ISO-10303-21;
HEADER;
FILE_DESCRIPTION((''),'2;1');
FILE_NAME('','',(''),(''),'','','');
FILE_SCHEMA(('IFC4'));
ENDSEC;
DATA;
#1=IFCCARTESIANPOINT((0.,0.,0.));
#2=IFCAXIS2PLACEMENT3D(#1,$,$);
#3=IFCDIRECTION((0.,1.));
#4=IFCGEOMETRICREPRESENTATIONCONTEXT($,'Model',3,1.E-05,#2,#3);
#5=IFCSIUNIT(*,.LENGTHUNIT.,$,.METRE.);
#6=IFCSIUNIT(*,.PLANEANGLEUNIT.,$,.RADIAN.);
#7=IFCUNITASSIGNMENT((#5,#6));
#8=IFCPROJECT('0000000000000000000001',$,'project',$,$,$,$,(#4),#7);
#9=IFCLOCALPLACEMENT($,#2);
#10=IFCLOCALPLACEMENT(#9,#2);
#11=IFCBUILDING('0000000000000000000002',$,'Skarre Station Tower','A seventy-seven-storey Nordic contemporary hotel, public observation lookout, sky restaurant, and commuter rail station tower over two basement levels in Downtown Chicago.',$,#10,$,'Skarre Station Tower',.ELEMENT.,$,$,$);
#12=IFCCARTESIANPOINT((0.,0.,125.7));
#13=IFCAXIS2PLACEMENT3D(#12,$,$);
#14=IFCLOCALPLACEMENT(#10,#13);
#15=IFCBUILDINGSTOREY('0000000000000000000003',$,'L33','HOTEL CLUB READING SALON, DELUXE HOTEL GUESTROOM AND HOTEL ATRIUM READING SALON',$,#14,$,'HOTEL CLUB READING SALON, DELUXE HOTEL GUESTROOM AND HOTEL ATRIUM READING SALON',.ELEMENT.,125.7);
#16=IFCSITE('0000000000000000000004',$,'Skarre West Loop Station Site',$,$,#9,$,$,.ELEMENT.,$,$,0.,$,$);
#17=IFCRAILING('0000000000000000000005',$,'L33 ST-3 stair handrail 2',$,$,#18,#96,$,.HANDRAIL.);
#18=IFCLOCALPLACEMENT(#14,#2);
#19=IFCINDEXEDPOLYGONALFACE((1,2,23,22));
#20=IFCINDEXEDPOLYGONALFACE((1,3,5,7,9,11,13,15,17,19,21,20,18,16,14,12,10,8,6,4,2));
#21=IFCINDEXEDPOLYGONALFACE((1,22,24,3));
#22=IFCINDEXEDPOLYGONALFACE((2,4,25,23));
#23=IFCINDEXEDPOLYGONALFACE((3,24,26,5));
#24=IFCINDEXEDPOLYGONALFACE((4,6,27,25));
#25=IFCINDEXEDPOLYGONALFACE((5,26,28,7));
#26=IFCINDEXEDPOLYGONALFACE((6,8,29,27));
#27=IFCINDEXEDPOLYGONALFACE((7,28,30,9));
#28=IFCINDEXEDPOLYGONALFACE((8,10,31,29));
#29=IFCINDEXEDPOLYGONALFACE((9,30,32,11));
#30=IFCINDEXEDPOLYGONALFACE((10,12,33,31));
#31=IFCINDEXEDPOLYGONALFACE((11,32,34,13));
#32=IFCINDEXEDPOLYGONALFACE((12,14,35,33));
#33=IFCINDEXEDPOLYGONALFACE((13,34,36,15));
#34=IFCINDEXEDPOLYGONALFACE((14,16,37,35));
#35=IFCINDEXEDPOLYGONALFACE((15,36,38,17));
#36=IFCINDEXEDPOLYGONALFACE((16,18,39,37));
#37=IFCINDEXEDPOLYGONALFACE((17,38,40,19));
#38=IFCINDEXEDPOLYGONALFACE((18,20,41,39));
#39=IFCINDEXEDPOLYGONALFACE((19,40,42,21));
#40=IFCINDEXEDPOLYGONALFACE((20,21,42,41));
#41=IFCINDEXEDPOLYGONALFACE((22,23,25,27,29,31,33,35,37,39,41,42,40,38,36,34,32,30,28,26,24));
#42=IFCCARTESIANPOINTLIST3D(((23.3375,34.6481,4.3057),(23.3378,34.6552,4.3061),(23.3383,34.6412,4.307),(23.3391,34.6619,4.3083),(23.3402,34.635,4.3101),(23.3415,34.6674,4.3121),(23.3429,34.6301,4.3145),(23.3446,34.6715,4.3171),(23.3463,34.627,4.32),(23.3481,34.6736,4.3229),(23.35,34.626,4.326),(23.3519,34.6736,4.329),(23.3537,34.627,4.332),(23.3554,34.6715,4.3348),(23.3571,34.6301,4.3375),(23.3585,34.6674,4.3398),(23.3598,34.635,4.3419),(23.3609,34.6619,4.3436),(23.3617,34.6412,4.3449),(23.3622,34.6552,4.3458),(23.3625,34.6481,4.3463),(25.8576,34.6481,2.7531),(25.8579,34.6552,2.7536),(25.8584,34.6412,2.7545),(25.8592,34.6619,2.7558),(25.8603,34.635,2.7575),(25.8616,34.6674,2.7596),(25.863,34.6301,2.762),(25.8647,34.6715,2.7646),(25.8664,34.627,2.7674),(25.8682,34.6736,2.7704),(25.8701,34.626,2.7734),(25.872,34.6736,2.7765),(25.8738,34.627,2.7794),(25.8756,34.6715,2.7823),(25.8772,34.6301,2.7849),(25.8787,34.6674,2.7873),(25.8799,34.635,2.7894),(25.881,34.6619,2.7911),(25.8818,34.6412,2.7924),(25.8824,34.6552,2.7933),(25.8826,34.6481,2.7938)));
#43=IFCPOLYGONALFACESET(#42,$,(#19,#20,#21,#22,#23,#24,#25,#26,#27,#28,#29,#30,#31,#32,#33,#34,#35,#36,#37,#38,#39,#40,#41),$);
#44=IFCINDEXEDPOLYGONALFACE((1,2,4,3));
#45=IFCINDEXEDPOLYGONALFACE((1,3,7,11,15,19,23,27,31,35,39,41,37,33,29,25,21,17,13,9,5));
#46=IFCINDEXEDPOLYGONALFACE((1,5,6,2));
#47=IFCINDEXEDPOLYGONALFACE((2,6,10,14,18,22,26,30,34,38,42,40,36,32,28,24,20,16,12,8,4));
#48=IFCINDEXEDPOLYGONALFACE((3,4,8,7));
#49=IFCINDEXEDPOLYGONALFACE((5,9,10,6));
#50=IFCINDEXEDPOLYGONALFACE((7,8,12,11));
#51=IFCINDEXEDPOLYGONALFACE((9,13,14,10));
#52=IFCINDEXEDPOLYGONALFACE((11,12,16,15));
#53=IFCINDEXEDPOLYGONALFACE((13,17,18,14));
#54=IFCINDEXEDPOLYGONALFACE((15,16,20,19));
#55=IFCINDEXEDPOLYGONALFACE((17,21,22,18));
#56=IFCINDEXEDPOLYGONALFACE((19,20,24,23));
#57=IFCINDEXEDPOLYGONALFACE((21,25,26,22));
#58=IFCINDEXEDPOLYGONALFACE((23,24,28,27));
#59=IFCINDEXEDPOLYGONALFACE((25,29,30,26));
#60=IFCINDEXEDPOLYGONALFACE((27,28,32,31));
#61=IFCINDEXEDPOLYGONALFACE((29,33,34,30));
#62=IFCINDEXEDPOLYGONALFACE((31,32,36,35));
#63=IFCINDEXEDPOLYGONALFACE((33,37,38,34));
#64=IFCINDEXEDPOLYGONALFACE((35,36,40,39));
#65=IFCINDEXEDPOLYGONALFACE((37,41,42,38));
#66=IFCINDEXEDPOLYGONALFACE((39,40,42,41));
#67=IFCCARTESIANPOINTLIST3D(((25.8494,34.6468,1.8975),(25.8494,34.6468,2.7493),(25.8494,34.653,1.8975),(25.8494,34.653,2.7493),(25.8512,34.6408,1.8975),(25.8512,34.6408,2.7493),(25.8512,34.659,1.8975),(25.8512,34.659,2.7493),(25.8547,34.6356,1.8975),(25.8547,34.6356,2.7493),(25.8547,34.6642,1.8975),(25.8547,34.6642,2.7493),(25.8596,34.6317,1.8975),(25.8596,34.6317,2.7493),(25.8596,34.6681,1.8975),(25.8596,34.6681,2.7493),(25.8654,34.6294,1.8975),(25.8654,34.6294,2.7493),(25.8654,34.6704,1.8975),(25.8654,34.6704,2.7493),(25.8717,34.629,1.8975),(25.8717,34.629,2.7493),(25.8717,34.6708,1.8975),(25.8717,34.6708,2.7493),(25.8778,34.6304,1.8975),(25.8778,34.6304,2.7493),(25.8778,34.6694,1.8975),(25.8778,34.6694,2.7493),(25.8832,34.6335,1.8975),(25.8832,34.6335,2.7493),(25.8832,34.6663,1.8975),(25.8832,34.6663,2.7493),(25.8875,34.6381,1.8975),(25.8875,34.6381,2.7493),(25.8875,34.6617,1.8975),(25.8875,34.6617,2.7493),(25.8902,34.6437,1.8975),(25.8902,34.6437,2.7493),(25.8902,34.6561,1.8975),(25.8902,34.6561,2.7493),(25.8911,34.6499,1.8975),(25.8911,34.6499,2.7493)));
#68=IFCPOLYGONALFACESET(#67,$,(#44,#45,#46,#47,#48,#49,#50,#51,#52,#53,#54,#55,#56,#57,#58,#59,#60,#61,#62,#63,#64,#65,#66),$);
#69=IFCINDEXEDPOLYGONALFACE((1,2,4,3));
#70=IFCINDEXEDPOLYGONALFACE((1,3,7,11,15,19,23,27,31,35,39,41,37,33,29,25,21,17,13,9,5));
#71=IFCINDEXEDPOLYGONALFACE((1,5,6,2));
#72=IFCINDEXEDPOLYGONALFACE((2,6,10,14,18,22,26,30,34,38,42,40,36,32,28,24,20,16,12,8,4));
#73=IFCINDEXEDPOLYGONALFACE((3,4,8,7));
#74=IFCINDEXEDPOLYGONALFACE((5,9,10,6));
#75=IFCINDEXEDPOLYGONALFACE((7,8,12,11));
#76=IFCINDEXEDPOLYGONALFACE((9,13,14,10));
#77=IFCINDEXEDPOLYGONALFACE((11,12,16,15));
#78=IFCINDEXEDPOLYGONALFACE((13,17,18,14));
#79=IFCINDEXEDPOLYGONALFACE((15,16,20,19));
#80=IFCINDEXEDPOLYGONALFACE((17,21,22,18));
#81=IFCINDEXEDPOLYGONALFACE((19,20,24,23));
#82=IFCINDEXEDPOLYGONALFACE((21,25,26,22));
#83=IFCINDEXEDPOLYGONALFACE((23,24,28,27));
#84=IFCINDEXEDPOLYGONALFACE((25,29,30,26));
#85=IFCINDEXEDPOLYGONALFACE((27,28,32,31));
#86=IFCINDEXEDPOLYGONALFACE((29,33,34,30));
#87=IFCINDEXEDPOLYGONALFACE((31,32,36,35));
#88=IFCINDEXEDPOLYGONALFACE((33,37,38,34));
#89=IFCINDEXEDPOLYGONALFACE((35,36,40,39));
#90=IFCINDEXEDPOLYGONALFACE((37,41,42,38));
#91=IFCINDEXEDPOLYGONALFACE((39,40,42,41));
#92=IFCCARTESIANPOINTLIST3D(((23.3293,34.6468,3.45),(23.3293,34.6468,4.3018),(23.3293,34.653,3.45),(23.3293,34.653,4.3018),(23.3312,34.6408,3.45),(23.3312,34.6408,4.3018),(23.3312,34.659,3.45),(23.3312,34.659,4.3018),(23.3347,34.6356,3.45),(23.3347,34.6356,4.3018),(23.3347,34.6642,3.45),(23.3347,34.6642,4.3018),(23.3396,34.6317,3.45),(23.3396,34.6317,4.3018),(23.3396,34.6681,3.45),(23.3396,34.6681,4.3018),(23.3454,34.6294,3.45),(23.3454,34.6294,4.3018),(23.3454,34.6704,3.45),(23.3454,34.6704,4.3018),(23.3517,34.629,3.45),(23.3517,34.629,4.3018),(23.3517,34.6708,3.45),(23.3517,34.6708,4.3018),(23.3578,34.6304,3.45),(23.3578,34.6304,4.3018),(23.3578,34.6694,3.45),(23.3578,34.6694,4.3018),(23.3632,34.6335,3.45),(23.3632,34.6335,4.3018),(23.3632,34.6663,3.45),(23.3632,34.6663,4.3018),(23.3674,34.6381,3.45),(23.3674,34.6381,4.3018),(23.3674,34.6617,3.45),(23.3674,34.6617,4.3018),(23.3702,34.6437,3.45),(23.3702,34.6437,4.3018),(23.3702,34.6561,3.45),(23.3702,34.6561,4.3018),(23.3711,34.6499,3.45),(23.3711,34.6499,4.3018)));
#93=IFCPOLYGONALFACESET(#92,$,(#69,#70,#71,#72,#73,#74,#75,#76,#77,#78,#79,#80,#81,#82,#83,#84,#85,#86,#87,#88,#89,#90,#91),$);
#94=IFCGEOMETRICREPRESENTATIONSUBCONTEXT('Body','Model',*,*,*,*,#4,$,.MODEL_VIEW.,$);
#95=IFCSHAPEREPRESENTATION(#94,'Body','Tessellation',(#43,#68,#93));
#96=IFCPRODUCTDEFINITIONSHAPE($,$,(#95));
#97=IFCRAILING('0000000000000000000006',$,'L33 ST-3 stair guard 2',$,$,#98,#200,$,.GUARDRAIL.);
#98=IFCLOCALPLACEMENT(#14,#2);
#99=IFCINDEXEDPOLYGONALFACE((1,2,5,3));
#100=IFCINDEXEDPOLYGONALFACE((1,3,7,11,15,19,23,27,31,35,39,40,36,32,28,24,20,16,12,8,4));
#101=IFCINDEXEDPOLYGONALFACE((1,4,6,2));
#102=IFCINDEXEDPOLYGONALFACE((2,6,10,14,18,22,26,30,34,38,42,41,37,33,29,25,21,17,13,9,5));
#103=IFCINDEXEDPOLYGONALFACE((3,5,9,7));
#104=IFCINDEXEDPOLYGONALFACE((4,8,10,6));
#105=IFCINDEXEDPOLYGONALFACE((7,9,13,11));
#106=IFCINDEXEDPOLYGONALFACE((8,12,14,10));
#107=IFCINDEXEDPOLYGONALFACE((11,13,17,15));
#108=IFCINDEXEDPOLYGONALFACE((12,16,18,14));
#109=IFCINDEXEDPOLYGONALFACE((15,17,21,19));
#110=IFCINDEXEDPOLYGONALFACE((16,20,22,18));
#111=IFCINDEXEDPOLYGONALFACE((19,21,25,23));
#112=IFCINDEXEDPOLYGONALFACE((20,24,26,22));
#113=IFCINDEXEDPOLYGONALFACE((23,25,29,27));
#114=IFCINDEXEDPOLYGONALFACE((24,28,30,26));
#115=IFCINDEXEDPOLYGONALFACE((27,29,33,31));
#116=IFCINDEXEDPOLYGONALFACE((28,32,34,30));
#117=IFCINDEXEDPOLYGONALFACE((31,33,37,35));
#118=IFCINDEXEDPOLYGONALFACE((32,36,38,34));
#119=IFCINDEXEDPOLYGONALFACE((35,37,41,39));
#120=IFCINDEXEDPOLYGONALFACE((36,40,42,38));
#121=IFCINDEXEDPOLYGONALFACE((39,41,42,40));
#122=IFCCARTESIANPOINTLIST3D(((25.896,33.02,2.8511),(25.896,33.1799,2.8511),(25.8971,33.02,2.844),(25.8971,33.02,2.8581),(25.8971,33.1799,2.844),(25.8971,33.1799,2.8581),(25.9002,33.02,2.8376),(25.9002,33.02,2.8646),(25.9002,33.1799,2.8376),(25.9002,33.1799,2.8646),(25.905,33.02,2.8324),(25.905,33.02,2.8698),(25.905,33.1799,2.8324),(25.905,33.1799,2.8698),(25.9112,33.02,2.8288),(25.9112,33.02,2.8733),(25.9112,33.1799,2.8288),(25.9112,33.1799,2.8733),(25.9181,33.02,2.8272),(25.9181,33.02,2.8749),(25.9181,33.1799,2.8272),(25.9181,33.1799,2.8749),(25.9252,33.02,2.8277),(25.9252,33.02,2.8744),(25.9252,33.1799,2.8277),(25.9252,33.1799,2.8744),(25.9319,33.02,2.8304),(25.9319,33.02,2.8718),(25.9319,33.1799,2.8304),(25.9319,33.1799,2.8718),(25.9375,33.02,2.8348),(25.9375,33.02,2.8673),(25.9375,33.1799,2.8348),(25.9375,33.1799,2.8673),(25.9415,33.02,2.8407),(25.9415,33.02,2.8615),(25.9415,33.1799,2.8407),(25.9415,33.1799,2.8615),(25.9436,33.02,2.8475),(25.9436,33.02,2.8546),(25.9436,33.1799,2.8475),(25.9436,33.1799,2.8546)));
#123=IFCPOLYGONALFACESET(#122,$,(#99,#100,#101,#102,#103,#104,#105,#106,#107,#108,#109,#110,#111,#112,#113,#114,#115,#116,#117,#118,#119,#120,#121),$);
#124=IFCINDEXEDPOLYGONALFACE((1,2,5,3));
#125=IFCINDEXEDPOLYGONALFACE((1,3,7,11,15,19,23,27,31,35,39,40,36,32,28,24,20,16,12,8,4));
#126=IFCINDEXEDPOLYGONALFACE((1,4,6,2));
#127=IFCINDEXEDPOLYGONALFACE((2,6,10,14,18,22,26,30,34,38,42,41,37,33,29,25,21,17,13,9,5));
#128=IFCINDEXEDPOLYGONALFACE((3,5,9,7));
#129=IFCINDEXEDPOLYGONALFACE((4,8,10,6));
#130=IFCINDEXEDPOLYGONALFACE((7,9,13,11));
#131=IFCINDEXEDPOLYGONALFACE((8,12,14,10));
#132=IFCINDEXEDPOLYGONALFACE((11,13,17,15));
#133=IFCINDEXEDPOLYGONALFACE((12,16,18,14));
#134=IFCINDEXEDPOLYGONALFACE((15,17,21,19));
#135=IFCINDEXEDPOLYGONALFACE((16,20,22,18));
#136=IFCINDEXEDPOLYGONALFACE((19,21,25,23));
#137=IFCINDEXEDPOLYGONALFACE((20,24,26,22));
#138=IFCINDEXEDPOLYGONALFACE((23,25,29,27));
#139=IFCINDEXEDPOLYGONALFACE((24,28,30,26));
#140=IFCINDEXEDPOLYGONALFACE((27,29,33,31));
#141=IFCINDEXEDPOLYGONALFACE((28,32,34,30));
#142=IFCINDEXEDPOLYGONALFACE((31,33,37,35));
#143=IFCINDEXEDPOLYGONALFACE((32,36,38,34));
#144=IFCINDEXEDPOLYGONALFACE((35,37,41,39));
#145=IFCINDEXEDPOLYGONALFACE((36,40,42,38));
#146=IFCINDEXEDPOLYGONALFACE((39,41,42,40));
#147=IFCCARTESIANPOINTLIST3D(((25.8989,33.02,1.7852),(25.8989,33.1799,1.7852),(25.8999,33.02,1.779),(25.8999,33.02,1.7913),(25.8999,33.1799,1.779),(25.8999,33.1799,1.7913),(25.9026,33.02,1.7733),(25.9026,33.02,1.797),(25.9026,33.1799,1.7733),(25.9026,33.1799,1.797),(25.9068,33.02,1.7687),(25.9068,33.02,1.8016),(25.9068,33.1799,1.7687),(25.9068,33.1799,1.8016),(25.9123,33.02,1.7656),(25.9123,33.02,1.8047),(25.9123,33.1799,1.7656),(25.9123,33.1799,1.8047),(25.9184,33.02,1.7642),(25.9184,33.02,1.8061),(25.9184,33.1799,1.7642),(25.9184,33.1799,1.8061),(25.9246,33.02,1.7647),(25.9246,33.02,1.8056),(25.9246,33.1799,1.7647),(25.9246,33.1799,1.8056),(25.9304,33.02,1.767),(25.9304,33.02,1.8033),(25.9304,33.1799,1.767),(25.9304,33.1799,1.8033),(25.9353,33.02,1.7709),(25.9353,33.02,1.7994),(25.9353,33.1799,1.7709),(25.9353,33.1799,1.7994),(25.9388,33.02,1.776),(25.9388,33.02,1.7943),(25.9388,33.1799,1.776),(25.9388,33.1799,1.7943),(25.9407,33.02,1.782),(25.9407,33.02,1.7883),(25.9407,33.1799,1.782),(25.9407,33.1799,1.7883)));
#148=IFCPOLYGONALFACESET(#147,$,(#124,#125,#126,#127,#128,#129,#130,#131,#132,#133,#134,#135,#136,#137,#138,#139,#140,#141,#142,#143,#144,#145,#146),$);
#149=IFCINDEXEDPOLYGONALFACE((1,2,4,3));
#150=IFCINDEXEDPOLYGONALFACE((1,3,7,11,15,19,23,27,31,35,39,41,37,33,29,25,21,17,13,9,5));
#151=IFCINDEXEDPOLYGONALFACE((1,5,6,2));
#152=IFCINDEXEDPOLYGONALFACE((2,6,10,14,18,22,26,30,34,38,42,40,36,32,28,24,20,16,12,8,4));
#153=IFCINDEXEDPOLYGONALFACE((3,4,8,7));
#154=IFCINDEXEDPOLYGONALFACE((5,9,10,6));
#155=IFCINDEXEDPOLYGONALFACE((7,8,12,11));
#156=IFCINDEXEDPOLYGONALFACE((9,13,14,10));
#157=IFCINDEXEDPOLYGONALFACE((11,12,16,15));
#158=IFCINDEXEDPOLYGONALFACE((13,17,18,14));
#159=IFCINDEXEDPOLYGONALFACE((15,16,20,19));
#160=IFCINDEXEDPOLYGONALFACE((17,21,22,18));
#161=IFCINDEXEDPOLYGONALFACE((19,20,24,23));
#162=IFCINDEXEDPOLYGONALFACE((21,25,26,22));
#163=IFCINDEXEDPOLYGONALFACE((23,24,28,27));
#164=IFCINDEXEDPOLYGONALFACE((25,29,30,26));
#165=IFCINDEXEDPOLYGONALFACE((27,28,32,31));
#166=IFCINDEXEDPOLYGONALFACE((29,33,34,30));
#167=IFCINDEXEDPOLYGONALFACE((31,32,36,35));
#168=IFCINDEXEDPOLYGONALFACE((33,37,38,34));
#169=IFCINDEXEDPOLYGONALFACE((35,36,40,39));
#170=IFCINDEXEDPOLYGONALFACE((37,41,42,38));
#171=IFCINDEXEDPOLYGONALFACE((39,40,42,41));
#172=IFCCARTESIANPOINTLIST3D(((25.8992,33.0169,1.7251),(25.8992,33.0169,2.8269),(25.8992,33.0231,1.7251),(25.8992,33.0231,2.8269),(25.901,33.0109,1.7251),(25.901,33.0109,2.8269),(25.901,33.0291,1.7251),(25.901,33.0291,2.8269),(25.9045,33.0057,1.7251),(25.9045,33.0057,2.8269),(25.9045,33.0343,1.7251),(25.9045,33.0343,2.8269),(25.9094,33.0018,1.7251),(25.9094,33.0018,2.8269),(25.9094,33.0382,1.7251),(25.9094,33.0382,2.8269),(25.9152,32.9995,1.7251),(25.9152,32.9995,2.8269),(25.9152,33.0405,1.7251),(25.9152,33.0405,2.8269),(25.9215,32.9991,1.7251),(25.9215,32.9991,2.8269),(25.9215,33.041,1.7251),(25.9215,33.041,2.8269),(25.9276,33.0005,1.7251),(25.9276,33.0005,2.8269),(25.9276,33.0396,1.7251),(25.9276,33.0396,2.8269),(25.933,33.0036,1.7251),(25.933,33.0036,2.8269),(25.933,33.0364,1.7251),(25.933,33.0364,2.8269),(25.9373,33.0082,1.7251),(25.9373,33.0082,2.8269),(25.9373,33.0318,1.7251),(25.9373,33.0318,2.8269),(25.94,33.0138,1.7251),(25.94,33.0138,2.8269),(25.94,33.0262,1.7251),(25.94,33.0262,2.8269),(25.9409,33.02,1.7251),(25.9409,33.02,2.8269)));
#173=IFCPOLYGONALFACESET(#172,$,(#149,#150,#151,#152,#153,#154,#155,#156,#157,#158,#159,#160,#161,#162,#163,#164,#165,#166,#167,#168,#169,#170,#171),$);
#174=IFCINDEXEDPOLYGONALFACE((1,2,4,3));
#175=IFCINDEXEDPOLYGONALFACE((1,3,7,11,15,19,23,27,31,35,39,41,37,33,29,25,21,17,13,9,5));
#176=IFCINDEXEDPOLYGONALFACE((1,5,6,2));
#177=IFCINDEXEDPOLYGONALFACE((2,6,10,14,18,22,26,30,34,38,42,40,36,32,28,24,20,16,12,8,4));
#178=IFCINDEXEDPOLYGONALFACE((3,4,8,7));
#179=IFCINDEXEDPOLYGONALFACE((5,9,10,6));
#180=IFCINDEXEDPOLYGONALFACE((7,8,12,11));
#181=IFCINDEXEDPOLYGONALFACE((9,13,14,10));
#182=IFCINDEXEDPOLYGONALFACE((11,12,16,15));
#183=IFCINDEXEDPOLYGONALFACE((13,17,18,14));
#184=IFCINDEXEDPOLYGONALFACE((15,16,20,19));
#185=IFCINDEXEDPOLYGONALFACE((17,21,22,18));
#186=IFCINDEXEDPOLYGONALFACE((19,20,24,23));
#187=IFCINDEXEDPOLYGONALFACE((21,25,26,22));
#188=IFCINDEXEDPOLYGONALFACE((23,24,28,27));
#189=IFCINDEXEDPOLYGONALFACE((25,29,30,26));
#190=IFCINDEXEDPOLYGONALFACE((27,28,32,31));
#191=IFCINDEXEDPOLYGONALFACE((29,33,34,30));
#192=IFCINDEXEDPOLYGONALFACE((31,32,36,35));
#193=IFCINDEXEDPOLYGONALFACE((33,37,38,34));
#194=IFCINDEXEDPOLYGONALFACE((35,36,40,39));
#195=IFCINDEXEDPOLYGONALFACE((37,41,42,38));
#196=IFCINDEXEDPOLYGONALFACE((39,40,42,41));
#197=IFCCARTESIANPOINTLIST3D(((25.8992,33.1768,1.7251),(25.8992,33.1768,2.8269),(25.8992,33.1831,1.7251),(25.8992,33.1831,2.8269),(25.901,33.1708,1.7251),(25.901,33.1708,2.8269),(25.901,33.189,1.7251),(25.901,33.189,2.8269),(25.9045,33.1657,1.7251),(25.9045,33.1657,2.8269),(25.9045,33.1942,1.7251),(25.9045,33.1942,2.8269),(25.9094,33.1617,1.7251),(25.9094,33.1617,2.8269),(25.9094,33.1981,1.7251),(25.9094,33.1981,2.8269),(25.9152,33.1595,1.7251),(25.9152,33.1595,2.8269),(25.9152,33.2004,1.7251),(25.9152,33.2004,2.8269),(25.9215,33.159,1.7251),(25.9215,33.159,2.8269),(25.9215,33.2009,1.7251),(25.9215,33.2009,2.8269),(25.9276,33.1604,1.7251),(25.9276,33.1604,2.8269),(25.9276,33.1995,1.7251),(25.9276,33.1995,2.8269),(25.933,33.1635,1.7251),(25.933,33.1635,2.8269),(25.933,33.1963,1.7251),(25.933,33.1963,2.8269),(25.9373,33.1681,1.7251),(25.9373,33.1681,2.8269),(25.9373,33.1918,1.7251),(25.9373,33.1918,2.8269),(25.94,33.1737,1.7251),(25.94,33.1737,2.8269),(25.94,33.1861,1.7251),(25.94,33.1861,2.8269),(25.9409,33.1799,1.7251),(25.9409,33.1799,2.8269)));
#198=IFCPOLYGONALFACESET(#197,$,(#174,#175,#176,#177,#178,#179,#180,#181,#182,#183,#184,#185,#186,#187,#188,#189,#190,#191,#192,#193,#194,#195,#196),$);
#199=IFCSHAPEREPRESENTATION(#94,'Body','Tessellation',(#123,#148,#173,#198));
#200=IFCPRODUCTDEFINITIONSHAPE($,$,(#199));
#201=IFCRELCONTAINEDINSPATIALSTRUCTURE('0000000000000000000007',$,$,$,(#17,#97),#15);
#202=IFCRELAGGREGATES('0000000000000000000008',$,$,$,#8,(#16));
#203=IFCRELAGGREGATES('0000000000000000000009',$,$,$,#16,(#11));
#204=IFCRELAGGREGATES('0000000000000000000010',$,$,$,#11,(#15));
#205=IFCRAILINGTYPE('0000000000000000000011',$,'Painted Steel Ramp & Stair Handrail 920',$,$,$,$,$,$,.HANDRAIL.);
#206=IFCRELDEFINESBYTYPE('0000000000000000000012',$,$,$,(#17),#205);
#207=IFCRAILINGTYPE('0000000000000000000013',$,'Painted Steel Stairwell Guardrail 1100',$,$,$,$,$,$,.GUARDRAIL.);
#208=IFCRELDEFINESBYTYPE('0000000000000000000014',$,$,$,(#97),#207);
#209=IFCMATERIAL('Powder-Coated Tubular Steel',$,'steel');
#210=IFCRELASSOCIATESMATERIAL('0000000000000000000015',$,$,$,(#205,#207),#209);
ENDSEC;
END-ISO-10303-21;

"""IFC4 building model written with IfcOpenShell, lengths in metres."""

from ifc_helpers import new_model, si_unit, direction, frame, origin, origin_2d, place, context, subcontext, project, spatial, circle, extrude, material, type_object, element, save


model = new_model("IFC4")

# Units and contexts
model_context = context("Model", 3, precision=1e-05, world=origin(), true_north=direction((0.0, 1.0)))
body_context = subcontext(model_context, "Body", "Model", "MODEL_VIEW")
ifc_project = project(units=[si_unit("LENGTHUNIT", "METRE"), si_unit("PLANEANGLEUNIT", "RADIAN")], contexts=[model_context])

# Site, building, storey
site_placement = place(None, origin())
site = spatial("IfcSite", under=ifc_project, at=site_placement, Name="Skarre West Loop Station Site", CompositionType="ELEMENT", RefElevation=0.0)
building_placement = place(site_placement, origin())
building = spatial("IfcBuilding", under=site, at=building_placement, Name="Skarre Station Tower", Description="A seventy-seven-storey Nordic contemporary hotel, public observation lookout, sky restaurant, and commuter rail station tower over two basement levels in Downtown Chicago.", LongName="Skarre Station Tower", CompositionType="ELEMENT")
storey_placement = place(building_placement, frame((0.0, 0.0, 125.7)))
storey = spatial("IfcBuildingStorey", under=building, at=storey_placement, Name="L33", Description="HOTEL CLUB READING SALON, DELUXE HOTEL GUESTROOM AND HOTEL ATRIUM READING SALON", LongName="HOTEL CLUB READING SALON, DELUXE HOTEL GUESTROOM AND HOTEL ATRIUM READING SALON", CompositionType="ELEMENT", Elevation=125.7)

# Railings
ifc_material_1 = material(Name="Powder-Coated Tubular Steel", Category="steel")
railing_type_1 = type_object("IfcRailingType", Name="Painted Steel Ramp & Stair Handrail 920", PredefinedType="HANDRAIL", material=ifc_material_1)
railing_1_placement = place(storey_placement, frame((25.8701, 34.6499, 1.8975)))
element("IfcRailing", 1, at=railing_1_placement, inside=storey, type_object=railing_type_1, Name="L33 ST-3 stair handrail 2", PredefinedType="HANDRAIL", context=body_context, shape_type="SweptSolid", body=[
    extrude(circle(Radius=0.0239, at=origin_2d()), frame((0.0, 0.0, 0.876), z_axis=(-0.8514, 0.0, 0.524516), x_axis=(0.0, -1.0, 0.0)), (0.0, 0.0, 1.0), 2.96),
    extrude(circle(Radius=0.021, at=origin_2d()), origin(), (0.0, 0.0, 1.0), 0.8518),
    extrude(circle(Radius=0.021, at=origin_2d()), frame((-2.52, 0.0, 1.5525)), (0.0, 0.0, 1.0), 0.8518),
])
railing_type_2 = type_object("IfcRailingType", Name="Painted Steel Stairwell Guardrail 1100", PredefinedType="GUARDRAIL", material=ifc_material_1)
railing_2_placement = place(storey_placement, frame((25.9199, 33.02, 1.7251)))
element("IfcRailing", 2, at=railing_2_placement, inside=storey, type_object=railing_type_2, Name="L33 ST-3 stair guard 2", PredefinedType="GUARDRAIL", context=body_context, shape_type="SweptSolid", body=[
    extrude(circle(Radius=0.0239, at=origin_2d()), frame((0.0, 0.0, 1.126), z_axis=(0.0, 1.0, 0.0), x_axis=(-1.0, 0.0, 0.0)), (0.0, 0.0, 1.0), 0.1599),
    extrude(circle(Radius=0.021, at=origin_2d()), frame((0.0, 0.0, 0.0601), z_axis=(0.0, 1.0, 0.0), x_axis=(-1.0, 0.0, 0.0)), (0.0, 0.0, 1.0), 0.1599),
    extrude(circle(Radius=0.021, at=origin_2d()), origin(), (0.0, 0.0, 1.0), 1.1018),
    extrude(circle(Radius=0.021, at=origin_2d()), frame((0.0, 0.1599, 0.0)), (0.0, 0.0, 1.0), 1.1018),
])

save(model, "model.ifc")
